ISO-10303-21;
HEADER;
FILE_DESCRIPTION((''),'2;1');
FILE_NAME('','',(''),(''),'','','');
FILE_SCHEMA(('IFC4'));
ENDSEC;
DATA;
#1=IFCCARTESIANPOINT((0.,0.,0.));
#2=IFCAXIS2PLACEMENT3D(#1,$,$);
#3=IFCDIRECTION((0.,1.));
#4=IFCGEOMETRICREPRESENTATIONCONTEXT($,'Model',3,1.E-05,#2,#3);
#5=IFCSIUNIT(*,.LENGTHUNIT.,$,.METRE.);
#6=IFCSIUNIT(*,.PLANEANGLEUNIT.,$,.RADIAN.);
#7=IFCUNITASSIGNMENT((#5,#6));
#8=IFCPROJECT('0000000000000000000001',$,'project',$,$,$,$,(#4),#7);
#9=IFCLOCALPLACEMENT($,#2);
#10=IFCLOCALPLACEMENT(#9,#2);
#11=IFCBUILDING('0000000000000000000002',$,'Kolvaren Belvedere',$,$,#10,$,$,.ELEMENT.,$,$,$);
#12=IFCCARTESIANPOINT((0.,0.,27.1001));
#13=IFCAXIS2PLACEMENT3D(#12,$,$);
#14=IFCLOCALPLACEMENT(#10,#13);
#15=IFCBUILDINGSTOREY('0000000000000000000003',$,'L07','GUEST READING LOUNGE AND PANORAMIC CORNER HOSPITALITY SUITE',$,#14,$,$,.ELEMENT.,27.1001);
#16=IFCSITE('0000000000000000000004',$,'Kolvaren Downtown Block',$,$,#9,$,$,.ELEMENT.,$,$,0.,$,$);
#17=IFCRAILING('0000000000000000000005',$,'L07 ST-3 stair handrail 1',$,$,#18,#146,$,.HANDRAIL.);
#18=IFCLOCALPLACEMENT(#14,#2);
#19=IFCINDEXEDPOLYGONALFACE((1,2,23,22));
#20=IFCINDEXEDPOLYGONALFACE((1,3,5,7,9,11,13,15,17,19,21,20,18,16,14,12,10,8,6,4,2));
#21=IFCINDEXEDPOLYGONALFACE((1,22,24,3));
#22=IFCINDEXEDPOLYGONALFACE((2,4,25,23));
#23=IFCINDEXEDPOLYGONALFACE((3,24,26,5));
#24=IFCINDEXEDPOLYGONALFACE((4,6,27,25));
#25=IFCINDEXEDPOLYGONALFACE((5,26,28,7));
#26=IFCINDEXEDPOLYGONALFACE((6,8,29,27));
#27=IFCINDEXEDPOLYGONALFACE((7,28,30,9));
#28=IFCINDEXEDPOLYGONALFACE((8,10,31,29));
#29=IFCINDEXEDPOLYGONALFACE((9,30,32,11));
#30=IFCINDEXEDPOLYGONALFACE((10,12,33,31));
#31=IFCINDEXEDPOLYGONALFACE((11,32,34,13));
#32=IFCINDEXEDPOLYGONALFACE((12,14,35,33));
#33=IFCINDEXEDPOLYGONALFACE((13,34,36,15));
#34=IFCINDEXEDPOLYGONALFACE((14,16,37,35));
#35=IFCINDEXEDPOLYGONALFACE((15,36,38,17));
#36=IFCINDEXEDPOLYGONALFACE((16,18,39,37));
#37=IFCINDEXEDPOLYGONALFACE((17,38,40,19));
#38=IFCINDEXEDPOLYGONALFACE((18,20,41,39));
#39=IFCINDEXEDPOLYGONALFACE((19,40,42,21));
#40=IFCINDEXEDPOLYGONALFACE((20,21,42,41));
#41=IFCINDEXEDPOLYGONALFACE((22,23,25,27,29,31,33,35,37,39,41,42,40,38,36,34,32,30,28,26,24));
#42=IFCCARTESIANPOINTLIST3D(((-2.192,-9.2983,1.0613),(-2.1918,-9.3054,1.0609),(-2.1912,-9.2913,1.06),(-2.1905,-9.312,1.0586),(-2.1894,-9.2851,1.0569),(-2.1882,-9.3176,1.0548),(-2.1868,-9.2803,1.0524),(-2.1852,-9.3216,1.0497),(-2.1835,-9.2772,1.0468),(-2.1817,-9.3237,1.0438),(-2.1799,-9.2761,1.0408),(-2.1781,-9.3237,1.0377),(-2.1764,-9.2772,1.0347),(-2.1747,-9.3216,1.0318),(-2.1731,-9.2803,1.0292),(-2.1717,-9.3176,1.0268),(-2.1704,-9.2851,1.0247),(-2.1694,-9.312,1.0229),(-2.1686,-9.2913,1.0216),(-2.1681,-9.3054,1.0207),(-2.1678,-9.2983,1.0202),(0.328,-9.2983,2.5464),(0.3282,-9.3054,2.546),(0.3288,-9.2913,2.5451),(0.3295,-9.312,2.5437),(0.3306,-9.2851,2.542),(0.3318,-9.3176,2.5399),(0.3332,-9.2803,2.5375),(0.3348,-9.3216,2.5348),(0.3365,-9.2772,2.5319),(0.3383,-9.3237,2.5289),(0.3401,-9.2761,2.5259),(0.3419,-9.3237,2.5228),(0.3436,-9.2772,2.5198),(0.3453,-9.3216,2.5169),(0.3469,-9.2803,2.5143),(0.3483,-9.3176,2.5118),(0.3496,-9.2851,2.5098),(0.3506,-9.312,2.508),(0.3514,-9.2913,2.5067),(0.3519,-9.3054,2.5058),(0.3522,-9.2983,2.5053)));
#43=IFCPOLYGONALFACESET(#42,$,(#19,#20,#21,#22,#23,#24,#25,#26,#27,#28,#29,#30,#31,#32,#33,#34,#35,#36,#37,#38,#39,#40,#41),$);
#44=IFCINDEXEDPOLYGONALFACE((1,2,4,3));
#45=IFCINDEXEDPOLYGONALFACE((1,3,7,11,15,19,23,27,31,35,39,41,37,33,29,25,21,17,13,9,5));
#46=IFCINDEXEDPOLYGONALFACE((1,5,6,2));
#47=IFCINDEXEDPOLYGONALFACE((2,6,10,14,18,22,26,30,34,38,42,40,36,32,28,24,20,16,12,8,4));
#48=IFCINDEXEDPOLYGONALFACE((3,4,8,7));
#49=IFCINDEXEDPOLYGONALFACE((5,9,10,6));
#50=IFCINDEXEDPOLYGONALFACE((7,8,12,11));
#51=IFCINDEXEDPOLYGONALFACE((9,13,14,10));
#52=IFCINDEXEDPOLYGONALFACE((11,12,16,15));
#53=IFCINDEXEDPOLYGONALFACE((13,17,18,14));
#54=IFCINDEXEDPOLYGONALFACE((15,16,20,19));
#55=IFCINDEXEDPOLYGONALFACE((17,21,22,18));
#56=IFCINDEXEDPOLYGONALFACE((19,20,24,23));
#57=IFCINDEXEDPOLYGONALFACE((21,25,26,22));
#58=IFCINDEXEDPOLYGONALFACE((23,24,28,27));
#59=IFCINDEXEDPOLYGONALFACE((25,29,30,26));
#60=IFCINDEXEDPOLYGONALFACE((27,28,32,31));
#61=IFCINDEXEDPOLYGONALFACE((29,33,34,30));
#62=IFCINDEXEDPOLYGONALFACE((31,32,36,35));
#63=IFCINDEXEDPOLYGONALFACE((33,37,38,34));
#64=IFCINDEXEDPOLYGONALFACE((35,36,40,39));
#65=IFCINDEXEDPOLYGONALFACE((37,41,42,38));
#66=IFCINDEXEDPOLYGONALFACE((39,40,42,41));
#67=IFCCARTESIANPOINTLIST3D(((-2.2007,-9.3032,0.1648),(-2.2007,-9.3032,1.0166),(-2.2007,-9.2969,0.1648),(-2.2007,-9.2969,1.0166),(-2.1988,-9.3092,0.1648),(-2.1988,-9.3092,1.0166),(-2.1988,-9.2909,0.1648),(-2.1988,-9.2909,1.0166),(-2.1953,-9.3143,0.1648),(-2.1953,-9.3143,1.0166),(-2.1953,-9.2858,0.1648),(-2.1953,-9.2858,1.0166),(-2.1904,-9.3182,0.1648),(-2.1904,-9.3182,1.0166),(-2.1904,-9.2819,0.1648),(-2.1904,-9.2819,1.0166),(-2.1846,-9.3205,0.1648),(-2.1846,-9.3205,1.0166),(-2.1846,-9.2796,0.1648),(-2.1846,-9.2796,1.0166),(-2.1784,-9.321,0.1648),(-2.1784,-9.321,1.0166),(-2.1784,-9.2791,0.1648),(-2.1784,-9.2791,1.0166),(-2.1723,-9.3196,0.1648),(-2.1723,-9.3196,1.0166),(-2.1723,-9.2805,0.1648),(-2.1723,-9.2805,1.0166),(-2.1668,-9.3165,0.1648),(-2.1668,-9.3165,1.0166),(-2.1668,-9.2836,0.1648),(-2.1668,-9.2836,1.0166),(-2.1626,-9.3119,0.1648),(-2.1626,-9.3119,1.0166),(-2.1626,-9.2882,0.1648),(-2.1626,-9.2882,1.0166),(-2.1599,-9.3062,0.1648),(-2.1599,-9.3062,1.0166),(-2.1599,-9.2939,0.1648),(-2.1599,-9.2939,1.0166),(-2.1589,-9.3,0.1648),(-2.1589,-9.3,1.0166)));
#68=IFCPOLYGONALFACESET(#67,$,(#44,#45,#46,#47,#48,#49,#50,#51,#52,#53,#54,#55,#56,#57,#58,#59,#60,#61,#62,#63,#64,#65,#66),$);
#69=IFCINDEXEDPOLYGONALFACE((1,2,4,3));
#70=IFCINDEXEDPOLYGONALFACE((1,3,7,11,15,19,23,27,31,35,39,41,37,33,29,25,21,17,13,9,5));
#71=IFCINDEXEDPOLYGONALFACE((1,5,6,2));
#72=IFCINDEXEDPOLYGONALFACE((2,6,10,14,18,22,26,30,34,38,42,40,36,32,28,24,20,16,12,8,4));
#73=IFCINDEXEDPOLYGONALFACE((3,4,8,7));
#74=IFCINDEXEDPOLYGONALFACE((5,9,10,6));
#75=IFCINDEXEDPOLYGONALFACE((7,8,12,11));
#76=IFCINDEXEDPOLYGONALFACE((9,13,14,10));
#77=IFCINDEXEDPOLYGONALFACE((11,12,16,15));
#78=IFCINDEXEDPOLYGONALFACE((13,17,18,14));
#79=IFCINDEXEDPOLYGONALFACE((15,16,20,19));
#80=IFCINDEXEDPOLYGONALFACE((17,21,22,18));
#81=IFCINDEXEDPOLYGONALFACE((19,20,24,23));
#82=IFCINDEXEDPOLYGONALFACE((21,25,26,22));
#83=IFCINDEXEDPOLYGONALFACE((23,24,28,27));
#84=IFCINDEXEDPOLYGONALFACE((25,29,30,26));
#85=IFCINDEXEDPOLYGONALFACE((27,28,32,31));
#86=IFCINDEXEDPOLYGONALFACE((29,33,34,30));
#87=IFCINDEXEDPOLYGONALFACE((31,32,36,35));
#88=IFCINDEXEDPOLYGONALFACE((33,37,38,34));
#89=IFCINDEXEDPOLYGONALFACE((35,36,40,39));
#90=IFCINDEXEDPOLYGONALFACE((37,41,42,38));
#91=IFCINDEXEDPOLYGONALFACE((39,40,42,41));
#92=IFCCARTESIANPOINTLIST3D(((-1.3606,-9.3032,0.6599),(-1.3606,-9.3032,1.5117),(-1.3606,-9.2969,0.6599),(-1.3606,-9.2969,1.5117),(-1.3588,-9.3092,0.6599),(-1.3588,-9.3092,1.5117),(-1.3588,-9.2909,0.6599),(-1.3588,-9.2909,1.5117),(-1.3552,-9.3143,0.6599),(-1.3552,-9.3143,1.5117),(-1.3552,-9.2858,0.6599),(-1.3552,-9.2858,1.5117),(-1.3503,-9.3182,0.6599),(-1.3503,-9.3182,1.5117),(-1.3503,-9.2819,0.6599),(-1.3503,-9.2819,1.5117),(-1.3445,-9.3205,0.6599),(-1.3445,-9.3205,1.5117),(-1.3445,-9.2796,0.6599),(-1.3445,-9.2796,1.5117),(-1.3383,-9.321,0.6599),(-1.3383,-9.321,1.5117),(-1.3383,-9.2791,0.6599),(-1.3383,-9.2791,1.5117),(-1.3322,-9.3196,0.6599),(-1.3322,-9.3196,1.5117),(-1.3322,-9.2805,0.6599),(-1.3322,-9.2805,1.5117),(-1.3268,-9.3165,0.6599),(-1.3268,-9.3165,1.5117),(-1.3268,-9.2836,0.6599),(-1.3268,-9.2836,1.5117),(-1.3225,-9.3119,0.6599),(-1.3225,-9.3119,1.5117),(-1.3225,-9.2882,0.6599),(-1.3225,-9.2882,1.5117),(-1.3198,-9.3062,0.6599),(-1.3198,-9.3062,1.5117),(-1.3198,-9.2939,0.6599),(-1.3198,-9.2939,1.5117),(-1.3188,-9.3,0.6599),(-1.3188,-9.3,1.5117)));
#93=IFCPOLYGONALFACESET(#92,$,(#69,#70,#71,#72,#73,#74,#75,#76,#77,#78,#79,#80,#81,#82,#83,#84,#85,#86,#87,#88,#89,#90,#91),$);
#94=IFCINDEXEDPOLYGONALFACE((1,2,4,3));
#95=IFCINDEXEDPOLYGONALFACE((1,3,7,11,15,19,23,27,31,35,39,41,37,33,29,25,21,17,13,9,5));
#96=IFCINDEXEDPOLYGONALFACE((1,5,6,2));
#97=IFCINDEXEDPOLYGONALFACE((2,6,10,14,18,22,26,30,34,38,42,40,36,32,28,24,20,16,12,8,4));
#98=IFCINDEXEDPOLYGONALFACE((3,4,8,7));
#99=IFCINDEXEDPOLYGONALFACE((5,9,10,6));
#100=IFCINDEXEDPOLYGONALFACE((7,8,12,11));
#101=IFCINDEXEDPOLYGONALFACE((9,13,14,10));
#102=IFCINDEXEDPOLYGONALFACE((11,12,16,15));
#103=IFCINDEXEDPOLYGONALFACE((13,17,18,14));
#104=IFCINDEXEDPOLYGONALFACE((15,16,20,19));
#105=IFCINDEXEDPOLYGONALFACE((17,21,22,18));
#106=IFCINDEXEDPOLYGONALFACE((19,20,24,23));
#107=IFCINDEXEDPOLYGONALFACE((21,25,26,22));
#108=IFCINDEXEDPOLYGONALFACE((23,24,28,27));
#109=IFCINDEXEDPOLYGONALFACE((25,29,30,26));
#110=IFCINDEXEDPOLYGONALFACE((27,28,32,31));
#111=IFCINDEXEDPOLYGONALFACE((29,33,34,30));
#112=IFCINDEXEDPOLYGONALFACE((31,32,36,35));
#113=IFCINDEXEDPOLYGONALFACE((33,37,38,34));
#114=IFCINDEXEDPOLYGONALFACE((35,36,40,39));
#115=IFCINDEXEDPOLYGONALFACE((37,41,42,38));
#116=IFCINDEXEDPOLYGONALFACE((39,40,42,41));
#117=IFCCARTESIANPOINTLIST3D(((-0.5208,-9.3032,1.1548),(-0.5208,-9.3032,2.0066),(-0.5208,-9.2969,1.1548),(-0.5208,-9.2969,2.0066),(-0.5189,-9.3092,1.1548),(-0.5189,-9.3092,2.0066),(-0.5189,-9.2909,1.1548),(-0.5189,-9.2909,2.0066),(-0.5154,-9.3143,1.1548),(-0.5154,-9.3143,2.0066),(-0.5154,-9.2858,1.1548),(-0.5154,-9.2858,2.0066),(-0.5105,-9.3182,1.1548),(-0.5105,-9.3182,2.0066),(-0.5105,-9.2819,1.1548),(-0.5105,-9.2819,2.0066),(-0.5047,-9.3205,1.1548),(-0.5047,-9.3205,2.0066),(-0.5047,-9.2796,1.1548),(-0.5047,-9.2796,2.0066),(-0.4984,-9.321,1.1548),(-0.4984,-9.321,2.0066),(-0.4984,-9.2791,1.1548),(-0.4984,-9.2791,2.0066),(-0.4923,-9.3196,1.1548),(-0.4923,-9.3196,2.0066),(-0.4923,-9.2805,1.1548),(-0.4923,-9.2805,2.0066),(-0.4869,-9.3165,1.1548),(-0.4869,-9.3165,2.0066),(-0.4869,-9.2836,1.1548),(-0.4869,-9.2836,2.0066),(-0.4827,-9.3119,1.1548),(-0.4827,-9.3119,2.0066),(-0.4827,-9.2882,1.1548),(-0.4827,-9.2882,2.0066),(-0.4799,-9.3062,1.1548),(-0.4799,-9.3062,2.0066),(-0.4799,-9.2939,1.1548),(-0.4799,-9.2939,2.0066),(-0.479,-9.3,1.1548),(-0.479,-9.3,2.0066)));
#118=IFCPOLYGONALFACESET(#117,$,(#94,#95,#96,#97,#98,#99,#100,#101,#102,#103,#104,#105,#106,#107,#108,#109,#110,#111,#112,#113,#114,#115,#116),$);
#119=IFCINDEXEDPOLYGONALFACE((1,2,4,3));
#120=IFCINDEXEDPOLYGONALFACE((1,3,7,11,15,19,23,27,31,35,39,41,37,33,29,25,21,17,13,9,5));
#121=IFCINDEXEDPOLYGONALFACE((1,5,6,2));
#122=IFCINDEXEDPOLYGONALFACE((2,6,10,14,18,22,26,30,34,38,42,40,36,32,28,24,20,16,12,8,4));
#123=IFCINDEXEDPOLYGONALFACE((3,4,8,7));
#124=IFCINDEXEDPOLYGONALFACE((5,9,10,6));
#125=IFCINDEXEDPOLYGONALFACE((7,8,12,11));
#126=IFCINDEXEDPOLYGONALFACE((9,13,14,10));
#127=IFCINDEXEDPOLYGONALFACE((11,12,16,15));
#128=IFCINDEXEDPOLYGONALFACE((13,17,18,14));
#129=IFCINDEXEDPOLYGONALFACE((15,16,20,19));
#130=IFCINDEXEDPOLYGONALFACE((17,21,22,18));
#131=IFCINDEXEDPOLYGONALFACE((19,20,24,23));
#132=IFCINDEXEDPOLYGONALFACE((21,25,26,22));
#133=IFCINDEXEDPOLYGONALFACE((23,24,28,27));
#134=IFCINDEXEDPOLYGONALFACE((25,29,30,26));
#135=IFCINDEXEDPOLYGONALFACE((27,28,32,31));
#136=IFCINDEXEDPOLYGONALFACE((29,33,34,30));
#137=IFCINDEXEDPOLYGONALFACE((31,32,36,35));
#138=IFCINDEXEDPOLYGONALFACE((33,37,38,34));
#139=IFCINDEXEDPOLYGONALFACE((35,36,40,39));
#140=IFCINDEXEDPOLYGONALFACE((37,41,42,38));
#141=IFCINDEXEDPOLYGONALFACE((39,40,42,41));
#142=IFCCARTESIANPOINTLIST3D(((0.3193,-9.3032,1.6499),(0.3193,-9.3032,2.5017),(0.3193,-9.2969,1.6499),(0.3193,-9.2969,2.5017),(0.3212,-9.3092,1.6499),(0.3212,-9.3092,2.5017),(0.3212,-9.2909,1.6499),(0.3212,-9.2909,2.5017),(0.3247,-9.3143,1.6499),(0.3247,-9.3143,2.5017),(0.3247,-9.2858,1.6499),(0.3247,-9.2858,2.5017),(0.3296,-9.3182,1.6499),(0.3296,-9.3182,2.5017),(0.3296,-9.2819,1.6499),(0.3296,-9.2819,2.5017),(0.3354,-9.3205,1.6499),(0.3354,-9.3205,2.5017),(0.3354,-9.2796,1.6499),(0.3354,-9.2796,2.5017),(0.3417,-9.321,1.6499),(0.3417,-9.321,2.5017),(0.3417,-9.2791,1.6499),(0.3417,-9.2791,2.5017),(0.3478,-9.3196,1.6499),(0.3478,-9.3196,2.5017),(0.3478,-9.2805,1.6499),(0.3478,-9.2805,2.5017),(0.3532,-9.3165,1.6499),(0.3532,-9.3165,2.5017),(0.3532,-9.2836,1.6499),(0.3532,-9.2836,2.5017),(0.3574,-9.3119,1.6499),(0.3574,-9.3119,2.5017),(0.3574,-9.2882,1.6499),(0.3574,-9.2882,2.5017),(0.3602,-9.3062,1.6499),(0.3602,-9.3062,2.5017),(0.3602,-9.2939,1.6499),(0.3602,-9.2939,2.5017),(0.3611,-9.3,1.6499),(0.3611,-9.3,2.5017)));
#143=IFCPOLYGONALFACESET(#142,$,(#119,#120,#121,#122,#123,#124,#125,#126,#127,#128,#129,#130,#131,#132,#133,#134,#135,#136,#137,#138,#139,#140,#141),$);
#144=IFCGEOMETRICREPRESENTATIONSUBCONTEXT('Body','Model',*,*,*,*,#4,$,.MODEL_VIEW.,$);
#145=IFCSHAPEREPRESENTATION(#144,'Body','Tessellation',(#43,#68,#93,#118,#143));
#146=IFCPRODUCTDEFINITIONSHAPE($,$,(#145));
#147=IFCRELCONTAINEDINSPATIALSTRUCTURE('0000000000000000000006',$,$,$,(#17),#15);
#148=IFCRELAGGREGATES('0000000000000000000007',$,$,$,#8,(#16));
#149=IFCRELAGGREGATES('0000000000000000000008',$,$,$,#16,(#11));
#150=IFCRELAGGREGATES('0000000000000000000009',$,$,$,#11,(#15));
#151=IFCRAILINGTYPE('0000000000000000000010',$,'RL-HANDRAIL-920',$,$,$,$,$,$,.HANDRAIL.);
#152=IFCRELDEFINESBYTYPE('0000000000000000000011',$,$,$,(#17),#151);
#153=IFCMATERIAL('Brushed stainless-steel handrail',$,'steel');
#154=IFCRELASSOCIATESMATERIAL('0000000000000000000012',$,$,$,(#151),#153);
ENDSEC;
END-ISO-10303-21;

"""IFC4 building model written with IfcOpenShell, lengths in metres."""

from ifc_helpers import new_model, si_unit, direction, frame, origin, origin_2d, place, context, subcontext, project, spatial, circle, extrude, material, type_object, element, save


model = new_model("IFC4")

# Units and contexts
model_context = context("Model", 3, precision=1e-05, world=origin(), true_north=direction((0.0, 1.0)))
body_context = subcontext(model_context, "Body", "Model", "MODEL_VIEW")
ifc_project = project(units=[si_unit("LENGTHUNIT", "METRE"), si_unit("PLANEANGLEUNIT", "RADIAN")], contexts=[model_context])

# Site, building, storey
site_placement = place(None, origin())
site = spatial("IfcSite", under=ifc_project, at=site_placement, Name="Kolvaren Downtown Block", CompositionType="ELEMENT", RefElevation=0.0)
building_placement = place(site_placement, origin())
building = spatial("IfcBuilding", under=site, at=building_placement, Name="Kolvaren Belvedere", CompositionType="ELEMENT")
storey_placement = place(building_placement, frame((0.0, 0.0, 27.1001)))
storey = spatial("IfcBuildingStorey", under=building, at=storey_placement, Name="L07", Description="GUEST READING LOUNGE AND PANORAMIC CORNER HOSPITALITY SUITE", CompositionType="ELEMENT", Elevation=27.1001)

# Railing
ifc_material_1 = material(Name="Brushed stainless-steel handrail", Category="steel")
railing_type_1 = type_object("IfcRailingType", Name="RL-HANDRAIL-920", PredefinedType="HANDRAIL", material=ifc_material_1)
railing_1_placement = place(storey_placement, frame((-2.1799, -9.3, 0.1648)))
element("IfcRailing", 1, at=railing_1_placement, inside=storey, type_object=railing_type_1, Name="L07 ST-3 stair handrail 1", PredefinedType="HANDRAIL", context=body_context, shape_type="SweptSolid", body=[
    extrude(circle(Radius=0.0239, at=origin_2d()), frame((0.0, 0.0, 0.876), z_axis=(0.861524, 0.0, 0.507717), x_axis=(0.0, 1.0, 0.0)), (0.0, 0.0, 1.0), 2.925),
    extrude(circle(Radius=0.021, at=origin_2d()), origin(), (0.0, 0.0, 1.0), 0.8518),
    extrude(circle(Radius=0.021, at=origin_2d()), frame((0.8401, 0.0, 0.4951)), (0.0, 0.0, 1.0), 0.8518),
    extrude(circle(Radius=0.021, at=origin_2d()), frame((1.6799, 0.0, 0.99)), (0.0, 0.0, 1.0), 0.8518),
    extrude(circle(Radius=0.021, at=origin_2d()), frame((2.52, 0.0, 1.4851)), (0.0, 0.0, 1.0), 0.8518),
])

save(model, "model.ifc")
